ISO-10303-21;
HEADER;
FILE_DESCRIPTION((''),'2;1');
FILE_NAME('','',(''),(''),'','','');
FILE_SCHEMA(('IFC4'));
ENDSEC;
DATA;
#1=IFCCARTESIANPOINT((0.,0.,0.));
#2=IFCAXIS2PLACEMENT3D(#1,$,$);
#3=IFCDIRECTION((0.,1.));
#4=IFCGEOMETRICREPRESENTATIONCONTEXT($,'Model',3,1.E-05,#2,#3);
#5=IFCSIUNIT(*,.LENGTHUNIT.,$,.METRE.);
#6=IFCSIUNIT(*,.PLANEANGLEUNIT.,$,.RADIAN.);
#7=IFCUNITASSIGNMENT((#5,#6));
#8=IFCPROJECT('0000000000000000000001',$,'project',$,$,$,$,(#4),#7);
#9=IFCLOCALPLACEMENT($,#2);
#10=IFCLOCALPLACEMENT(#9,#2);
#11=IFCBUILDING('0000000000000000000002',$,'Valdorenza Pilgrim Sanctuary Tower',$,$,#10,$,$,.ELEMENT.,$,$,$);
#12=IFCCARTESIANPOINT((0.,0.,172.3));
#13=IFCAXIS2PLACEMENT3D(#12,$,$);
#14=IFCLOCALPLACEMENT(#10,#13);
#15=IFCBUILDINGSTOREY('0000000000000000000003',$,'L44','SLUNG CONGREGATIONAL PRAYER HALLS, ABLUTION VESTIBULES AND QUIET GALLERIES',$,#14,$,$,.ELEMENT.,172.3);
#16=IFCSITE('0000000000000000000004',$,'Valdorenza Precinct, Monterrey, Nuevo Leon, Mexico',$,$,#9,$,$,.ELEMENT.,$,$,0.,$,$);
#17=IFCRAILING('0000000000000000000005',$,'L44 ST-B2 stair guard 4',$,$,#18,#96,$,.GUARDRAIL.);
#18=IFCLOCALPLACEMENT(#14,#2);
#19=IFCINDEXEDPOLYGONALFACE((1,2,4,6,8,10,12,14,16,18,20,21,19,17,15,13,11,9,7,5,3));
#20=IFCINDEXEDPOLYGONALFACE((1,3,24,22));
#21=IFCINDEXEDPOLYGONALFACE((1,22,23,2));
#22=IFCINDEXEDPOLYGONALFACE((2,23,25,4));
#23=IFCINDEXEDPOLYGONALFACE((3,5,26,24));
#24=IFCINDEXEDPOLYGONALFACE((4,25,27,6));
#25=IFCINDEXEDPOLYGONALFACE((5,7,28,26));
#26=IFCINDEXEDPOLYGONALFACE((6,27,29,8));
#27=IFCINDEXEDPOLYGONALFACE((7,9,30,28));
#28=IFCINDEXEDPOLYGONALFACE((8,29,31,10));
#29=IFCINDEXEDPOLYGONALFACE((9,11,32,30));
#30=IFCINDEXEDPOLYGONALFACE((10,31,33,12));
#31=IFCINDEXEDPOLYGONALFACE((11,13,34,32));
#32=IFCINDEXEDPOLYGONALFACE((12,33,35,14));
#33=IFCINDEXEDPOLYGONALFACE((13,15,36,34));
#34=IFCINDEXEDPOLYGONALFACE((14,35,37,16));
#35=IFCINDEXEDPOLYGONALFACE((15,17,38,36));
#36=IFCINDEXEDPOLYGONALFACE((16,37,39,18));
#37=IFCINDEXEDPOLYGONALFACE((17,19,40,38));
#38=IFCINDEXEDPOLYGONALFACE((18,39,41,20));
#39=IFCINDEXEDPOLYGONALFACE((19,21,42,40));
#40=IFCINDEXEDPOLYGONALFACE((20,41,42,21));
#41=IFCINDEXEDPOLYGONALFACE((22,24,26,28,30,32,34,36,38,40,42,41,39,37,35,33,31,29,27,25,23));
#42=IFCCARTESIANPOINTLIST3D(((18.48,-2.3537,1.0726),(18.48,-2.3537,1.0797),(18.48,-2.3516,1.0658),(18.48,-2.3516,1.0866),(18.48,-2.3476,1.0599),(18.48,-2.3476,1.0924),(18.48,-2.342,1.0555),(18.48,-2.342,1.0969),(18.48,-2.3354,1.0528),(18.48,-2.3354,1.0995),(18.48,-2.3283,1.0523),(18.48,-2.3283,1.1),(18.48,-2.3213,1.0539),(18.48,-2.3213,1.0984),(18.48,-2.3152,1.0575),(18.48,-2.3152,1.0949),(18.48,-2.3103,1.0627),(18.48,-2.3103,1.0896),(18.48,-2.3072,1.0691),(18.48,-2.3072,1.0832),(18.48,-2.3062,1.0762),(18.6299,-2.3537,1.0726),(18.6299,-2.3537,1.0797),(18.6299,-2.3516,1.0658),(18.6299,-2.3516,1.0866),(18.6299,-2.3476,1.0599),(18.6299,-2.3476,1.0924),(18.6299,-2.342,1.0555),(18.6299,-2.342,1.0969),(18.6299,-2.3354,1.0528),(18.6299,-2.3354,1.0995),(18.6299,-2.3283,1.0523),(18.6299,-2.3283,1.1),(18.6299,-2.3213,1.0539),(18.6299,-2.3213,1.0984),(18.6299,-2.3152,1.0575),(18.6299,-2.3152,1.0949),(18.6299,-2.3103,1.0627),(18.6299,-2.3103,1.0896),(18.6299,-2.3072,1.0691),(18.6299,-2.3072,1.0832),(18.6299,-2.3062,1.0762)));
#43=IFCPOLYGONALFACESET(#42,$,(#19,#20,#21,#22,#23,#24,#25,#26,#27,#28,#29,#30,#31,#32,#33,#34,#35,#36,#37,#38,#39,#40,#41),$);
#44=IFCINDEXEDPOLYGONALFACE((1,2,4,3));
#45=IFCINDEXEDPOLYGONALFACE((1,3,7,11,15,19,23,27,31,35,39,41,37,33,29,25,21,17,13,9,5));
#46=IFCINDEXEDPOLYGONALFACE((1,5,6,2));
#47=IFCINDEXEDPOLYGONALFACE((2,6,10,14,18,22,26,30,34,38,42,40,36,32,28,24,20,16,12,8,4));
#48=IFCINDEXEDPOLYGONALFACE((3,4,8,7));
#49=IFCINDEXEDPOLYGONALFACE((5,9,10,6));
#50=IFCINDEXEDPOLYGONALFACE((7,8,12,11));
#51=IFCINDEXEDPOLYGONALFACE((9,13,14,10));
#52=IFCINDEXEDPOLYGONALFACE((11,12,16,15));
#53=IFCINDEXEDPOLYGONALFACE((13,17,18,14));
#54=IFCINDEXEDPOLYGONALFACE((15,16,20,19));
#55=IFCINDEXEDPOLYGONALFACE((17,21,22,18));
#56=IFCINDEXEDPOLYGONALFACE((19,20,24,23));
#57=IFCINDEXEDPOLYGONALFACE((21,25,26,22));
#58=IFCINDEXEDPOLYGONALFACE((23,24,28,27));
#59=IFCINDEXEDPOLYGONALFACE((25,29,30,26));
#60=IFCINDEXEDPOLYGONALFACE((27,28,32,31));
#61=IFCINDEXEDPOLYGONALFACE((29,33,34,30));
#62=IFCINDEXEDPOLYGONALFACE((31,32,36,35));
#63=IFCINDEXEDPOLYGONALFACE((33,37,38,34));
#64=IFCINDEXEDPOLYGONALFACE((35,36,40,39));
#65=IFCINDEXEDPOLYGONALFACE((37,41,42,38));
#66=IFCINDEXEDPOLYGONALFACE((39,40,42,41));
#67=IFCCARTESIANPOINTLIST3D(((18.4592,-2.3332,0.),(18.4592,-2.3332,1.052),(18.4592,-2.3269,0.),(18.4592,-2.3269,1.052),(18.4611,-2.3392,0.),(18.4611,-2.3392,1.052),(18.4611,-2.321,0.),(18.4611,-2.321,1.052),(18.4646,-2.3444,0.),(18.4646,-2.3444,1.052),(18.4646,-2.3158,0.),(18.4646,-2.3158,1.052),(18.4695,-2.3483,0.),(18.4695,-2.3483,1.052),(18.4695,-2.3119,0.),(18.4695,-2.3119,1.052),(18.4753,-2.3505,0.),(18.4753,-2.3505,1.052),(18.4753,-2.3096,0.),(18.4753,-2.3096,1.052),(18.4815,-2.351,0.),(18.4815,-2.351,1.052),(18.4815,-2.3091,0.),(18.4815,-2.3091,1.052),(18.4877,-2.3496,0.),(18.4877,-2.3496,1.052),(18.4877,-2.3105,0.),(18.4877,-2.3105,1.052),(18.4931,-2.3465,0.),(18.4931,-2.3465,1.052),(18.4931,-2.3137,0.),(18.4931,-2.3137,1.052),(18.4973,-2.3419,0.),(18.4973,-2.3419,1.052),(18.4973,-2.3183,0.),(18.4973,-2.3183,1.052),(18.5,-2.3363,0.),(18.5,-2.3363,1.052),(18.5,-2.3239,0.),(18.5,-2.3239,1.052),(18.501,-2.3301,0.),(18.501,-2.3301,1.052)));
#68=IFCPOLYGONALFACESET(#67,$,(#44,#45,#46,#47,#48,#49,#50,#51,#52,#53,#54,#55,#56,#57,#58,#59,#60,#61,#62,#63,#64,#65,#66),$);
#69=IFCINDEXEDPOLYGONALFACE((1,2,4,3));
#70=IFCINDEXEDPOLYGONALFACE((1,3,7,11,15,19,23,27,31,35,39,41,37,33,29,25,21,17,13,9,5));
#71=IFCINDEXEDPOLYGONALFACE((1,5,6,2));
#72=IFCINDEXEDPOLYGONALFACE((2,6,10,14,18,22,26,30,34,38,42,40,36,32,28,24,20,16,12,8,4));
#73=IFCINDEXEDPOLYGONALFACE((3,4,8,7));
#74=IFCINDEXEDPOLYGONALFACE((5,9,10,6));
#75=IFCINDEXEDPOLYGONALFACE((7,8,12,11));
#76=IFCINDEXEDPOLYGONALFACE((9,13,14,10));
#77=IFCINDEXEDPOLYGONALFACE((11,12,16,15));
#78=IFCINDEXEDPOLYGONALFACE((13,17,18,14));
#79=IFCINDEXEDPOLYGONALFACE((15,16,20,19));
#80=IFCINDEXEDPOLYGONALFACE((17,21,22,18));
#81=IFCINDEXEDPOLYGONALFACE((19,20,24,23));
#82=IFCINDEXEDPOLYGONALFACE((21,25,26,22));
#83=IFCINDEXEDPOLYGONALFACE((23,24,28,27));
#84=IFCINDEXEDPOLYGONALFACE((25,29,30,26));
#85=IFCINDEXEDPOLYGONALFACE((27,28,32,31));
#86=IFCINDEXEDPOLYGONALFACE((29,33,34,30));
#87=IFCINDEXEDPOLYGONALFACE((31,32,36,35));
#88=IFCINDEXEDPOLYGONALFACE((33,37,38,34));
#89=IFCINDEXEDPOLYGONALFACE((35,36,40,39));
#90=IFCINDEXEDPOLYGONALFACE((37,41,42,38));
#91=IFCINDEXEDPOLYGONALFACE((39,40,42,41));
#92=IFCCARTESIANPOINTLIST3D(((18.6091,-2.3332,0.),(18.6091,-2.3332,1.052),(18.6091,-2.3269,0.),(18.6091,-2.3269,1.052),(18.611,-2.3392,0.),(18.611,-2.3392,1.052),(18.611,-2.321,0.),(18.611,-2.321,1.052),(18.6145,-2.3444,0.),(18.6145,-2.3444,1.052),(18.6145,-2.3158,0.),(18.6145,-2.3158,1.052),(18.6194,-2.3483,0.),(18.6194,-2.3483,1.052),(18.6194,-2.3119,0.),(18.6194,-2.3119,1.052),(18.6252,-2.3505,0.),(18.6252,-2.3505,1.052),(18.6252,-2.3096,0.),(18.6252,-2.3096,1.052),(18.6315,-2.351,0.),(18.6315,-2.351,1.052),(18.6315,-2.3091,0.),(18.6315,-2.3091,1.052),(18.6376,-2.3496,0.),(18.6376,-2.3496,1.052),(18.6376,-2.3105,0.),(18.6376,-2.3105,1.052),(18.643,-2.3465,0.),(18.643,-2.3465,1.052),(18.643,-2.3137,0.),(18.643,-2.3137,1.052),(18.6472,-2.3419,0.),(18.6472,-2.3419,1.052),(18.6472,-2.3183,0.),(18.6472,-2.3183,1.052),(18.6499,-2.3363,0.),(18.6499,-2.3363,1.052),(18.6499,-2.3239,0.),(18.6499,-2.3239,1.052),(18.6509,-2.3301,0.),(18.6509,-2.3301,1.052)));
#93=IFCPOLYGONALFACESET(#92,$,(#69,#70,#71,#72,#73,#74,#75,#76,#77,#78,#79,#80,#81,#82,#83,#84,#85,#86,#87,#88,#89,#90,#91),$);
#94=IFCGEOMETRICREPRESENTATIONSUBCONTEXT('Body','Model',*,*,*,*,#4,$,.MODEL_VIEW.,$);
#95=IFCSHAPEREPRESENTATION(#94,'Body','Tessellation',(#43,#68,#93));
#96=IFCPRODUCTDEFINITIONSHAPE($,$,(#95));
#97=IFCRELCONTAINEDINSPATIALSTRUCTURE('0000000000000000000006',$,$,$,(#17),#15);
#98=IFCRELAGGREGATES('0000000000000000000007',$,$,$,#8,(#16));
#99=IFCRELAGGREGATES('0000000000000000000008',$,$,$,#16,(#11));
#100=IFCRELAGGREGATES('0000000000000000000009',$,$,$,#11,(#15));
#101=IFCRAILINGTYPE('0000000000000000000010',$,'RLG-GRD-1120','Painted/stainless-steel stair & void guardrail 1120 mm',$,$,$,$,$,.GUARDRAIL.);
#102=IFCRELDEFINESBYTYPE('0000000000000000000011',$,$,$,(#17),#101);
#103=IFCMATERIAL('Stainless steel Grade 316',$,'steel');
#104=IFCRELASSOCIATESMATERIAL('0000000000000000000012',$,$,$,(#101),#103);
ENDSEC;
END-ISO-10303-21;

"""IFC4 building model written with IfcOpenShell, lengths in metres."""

from ifc_helpers import new_model, si_unit, direction, frame, origin, origin_2d, place, context, subcontext, project, spatial, circle, extrude, material, type_object, element, save


model = new_model("IFC4")

# Units and contexts
model_context = context("Model", 3, precision=1e-05, world=origin(), true_north=direction((0.0, 1.0)))
body_context = subcontext(model_context, "Body", "Model", "MODEL_VIEW")
ifc_project = project(units=[si_unit("LENGTHUNIT", "METRE"), si_unit("PLANEANGLEUNIT", "RADIAN")], contexts=[model_context])

# Site, building, storey
site_placement = place(None, origin())
site = spatial("IfcSite", under=ifc_project, at=site_placement, Name="Valdorenza Precinct, Monterrey, Nuevo Leon, Mexico", CompositionType="ELEMENT", RefElevation=0.0)
building_placement = place(site_placement, origin())
building = spatial("IfcBuilding", under=site, at=building_placement, Name="Valdorenza Pilgrim Sanctuary Tower", CompositionType="ELEMENT")
storey_placement = place(building_placement, frame((0.0, 0.0, 172.3)))
storey = spatial("IfcBuildingStorey", under=building, at=storey_placement, Name="L44", Description="SLUNG CONGREGATIONAL PRAYER HALLS, ABLUTION VESTIBULES AND QUIET GALLERIES", CompositionType="ELEMENT", Elevation=172.3)

# Railing
ifc_material_1 = material(Name="Stainless steel Grade 316", Category="steel")
railing_type_1 = type_object("IfcRailingType", Name="RLG-GRD-1120", Description="Painted/stainless-steel stair & void guardrail 1120 mm", PredefinedType="GUARDRAIL", material=ifc_material_1)
railing_1_placement = place(storey_placement, frame((18.48, -2.3301, 0.0)))
element("IfcRailing", 1, at=railing_1_placement, inside=storey, type_object=railing_type_1, Name="L44 ST-B2 stair guard 4", PredefinedType="GUARDRAIL", context=body_context, shape_type="SweptSolid", body=[
    extrude(circle(Radius=0.0239, at=origin_2d()), frame((0.0, 0.0, 1.0762), z_axis=(1.0, 0.0, 0.0), x_axis=(0.0, 1.0, 0.0)), (0.0, 0.0, 1.0), 0.1499),
    extrude(circle(Radius=0.021, at=origin_2d()), origin(), (0.0, 0.0, 1.0), 1.052),
    extrude(circle(Radius=0.021, at=origin_2d()), frame((0.1499, 0.0, 0.0)), (0.0, 0.0, 1.0), 1.052),
])

save(model, "model.ifc")
